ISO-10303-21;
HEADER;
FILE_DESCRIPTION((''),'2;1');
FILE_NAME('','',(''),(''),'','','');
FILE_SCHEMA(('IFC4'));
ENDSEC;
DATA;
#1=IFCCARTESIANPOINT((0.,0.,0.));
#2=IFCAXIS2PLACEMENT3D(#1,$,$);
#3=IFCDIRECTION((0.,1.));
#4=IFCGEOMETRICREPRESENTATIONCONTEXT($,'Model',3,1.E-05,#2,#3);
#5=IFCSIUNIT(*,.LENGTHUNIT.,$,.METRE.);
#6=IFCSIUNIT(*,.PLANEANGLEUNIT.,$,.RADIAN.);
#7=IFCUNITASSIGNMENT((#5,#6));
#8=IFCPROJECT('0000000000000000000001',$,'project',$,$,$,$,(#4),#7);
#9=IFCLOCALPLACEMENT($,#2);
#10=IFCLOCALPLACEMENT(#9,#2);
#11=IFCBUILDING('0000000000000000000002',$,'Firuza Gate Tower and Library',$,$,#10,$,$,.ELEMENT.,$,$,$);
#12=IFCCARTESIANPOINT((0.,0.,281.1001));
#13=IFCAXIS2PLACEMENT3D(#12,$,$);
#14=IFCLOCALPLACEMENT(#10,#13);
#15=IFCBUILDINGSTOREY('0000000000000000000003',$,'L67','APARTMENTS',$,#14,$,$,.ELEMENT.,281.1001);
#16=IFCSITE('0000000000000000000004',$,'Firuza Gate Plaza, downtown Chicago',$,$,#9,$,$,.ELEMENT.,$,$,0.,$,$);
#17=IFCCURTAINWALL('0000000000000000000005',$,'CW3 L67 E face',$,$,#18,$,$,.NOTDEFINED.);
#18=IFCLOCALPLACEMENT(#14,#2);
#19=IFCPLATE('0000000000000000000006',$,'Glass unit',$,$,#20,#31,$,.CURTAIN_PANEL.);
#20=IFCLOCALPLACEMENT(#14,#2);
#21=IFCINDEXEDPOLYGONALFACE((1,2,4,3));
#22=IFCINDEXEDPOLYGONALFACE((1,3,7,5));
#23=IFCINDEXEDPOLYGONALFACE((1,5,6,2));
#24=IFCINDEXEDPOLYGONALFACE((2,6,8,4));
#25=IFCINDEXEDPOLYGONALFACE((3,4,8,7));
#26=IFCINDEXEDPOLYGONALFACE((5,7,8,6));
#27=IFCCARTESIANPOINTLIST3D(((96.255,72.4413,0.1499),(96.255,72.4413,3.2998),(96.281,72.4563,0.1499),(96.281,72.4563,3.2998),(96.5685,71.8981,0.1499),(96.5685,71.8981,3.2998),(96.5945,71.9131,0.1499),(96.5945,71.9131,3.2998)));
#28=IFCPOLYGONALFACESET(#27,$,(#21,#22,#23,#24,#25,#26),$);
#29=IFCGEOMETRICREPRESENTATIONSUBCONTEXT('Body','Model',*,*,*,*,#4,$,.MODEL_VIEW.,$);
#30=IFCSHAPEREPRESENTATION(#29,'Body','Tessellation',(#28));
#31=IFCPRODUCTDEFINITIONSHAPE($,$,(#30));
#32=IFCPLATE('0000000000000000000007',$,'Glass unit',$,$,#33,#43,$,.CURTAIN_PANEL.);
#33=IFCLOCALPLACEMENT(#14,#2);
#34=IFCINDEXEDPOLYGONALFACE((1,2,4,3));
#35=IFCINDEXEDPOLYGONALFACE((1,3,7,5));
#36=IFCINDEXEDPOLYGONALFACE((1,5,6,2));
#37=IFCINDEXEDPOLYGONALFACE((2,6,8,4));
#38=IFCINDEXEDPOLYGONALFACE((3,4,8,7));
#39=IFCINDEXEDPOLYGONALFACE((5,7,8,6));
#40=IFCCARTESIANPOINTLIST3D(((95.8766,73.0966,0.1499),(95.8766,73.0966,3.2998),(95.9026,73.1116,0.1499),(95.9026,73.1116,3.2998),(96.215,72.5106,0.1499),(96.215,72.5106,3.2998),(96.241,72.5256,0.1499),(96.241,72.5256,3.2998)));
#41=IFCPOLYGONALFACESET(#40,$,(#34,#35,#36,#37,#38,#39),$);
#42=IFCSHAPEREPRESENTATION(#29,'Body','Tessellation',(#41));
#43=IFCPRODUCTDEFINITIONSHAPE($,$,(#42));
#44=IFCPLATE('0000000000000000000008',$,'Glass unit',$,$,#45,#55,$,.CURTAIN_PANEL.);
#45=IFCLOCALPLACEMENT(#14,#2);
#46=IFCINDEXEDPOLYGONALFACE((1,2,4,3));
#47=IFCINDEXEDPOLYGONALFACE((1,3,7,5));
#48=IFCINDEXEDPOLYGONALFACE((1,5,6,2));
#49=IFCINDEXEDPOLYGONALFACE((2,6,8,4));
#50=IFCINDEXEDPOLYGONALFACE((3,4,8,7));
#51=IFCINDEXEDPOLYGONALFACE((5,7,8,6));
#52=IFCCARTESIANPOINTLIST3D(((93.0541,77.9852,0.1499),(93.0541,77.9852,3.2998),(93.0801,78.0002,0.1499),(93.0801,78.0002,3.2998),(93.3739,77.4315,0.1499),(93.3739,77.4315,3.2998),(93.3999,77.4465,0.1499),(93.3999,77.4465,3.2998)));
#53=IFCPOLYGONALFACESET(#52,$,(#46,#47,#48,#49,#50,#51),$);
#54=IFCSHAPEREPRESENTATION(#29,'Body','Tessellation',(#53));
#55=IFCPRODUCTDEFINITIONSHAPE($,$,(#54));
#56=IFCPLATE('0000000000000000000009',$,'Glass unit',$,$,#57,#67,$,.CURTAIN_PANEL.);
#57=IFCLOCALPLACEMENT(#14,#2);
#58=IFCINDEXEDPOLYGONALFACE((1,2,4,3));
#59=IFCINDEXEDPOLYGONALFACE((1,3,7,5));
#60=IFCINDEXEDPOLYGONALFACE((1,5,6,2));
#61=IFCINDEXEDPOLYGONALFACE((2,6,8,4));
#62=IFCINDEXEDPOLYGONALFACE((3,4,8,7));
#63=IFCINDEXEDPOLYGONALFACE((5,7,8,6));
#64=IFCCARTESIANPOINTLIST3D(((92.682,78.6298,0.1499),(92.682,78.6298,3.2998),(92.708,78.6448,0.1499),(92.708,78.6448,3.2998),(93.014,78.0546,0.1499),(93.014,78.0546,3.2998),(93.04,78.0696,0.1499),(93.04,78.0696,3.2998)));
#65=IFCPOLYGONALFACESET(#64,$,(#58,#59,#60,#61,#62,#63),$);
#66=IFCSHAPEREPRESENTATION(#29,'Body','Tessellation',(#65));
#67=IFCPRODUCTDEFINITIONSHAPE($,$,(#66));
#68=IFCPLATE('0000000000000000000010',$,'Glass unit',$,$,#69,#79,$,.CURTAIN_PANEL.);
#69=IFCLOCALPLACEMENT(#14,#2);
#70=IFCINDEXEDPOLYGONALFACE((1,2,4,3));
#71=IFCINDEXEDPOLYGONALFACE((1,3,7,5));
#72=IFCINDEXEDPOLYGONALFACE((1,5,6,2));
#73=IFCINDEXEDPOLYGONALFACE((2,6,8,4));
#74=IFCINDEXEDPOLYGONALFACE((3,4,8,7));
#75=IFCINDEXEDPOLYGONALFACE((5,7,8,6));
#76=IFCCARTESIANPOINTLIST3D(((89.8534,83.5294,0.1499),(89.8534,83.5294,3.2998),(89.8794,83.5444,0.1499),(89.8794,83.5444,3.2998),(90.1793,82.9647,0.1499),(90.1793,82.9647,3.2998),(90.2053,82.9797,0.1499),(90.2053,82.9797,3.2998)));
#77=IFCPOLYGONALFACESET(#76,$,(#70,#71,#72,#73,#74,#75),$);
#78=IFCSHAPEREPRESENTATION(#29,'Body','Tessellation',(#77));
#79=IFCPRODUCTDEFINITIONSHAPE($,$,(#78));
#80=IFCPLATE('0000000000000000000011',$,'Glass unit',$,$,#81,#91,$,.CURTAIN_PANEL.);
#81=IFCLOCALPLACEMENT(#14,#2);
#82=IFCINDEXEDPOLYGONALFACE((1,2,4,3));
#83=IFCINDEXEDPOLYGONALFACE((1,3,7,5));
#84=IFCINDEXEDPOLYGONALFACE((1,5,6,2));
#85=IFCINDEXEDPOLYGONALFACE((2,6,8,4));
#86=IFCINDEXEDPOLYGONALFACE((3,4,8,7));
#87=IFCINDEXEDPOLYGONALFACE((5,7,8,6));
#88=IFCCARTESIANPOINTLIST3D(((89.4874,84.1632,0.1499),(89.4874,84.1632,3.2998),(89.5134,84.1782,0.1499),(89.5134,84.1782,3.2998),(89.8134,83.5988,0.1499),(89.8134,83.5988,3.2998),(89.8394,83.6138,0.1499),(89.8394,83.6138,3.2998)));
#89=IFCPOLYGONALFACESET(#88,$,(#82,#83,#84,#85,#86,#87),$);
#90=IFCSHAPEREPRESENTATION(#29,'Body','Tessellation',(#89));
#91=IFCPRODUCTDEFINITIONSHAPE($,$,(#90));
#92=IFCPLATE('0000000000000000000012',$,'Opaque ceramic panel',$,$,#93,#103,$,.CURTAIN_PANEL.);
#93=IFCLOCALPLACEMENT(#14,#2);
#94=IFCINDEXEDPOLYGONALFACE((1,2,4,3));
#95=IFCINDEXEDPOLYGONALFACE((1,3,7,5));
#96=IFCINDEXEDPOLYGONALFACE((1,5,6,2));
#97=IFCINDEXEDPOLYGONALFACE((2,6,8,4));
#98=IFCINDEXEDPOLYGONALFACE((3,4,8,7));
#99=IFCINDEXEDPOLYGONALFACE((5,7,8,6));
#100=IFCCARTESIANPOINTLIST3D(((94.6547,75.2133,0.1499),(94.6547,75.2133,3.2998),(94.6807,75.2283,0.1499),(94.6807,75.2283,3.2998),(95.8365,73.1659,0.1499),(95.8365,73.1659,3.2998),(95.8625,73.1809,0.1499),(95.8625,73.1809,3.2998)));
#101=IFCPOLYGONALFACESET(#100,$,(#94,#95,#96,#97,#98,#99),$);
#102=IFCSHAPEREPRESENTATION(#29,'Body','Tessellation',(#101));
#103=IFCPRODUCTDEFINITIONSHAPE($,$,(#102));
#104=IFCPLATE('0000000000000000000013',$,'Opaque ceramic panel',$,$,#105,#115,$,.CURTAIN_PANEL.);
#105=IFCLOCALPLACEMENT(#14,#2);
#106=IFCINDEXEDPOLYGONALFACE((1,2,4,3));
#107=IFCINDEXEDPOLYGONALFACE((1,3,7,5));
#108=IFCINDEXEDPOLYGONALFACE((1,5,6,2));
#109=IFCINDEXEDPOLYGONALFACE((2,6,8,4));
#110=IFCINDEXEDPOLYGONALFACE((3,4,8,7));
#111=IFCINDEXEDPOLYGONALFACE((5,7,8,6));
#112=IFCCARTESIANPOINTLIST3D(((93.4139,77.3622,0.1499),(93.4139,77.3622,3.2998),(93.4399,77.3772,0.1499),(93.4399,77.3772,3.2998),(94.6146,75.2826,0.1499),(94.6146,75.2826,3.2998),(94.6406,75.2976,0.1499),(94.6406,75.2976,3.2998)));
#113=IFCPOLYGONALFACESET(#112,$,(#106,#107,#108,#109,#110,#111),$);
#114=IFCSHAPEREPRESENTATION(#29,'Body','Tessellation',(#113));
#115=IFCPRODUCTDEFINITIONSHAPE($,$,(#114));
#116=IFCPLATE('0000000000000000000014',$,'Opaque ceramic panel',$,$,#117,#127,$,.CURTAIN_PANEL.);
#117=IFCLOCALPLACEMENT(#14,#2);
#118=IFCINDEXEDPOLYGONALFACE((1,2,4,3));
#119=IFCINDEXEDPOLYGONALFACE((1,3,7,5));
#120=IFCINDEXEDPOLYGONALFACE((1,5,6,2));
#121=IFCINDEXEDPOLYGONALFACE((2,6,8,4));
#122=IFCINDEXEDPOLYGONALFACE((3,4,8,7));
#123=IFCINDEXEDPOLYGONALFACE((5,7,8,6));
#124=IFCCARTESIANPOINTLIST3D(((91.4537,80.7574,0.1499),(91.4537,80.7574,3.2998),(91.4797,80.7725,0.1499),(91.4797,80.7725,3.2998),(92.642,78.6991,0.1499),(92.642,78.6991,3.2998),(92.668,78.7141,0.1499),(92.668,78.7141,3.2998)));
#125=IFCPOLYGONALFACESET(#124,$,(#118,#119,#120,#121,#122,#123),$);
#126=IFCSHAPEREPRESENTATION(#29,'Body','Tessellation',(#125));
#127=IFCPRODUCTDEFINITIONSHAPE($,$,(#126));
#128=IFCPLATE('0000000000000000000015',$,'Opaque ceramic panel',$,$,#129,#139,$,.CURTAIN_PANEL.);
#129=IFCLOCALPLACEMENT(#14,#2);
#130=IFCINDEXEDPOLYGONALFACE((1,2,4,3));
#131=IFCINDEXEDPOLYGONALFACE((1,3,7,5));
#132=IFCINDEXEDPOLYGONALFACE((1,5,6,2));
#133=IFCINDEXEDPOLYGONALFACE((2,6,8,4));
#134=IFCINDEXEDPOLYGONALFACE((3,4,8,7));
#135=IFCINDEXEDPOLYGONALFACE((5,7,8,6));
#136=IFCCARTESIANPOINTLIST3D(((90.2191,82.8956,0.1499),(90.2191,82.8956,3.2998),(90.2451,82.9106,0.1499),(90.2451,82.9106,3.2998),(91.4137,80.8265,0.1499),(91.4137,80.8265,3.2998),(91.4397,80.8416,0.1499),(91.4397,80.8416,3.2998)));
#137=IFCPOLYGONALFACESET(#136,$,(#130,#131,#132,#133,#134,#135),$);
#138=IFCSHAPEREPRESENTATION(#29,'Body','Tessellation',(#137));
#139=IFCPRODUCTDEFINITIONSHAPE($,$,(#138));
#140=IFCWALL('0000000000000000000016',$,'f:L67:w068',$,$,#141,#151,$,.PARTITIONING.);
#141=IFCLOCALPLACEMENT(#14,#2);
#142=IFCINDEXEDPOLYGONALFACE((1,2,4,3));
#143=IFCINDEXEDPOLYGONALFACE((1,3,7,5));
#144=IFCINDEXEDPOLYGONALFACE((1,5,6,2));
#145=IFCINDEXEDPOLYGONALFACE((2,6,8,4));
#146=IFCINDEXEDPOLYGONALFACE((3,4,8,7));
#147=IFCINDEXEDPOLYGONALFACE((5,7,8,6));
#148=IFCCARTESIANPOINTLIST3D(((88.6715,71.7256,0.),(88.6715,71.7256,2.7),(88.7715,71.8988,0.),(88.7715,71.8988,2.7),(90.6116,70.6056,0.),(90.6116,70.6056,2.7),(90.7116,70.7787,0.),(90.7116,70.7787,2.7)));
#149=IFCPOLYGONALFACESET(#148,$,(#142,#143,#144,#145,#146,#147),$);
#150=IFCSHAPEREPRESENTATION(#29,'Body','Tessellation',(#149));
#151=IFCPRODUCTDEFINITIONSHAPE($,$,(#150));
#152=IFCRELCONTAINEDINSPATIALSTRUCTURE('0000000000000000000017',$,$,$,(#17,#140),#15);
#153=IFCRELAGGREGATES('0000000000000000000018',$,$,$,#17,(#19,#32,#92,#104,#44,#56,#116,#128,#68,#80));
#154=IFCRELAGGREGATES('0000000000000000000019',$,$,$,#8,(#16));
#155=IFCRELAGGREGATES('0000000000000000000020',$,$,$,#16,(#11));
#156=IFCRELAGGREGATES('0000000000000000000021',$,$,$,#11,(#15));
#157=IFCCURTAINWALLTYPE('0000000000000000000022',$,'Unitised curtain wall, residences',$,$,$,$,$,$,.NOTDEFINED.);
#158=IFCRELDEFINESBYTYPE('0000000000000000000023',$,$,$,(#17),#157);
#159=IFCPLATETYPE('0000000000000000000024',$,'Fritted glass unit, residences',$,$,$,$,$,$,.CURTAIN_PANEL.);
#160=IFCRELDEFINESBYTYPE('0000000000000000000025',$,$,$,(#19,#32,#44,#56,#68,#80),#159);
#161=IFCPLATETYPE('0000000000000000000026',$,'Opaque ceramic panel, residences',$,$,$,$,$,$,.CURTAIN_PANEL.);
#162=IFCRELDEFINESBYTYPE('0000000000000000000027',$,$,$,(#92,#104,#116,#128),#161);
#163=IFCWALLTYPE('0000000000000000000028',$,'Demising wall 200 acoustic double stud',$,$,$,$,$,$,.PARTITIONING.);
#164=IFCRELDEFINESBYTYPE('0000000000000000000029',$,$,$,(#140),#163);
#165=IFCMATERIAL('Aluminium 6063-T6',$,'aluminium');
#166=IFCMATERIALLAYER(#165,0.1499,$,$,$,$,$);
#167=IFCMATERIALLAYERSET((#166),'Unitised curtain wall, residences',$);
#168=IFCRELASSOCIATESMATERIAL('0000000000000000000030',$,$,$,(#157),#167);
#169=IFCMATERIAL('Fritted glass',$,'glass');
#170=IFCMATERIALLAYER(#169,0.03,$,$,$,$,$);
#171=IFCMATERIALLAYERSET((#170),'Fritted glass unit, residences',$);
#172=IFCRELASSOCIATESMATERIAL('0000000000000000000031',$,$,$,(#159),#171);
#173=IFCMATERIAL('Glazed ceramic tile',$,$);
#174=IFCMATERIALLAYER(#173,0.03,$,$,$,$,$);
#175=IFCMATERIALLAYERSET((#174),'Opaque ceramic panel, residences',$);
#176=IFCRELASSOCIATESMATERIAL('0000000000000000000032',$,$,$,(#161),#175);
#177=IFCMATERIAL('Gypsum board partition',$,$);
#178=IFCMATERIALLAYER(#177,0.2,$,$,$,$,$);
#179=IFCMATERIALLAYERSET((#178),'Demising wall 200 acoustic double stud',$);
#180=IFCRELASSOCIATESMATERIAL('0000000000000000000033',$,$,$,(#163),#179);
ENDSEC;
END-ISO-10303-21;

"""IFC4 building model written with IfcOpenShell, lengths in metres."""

from ifc_helpers import new_model, si_unit, direction, frame, frame_2d, origin, place, context, subcontext, project, spatial, polyline, rectangle, outline, extrude, material, layer, layer_set, type_object, element, aggregate, save


model = new_model("IFC4")

# Units and contexts
model_context = context("Model", 3, precision=1e-05, world=origin(), true_north=direction((0.0, 1.0)))
body_context = subcontext(model_context, "Body", "Model", "MODEL_VIEW")
ifc_project = project(units=[si_unit("LENGTHUNIT", "METRE"), si_unit("PLANEANGLEUNIT", "RADIAN")], contexts=[model_context])

# Site, building, storey
site_placement = place(None, origin())
site = spatial("IfcSite", under=ifc_project, at=site_placement, Name="Firuza Gate Plaza, downtown Chicago", CompositionType="ELEMENT", RefElevation=0.0)
building_placement = place(site_placement, origin())
building = spatial("IfcBuilding", under=site, at=building_placement, Name="Firuza Gate Tower and Library", CompositionType="ELEMENT")
storey_placement = place(building_placement, frame((0.0, 0.0, 281.1001)))
storey = spatial("IfcBuildingStorey", under=building, at=storey_placement, Name="L67", Description="APARTMENTS", CompositionType="ELEMENT", Elevation=281.1001)

# Curtain wall
ifc_material_1 = material(Name="Aluminium 6063-T6", Category="aluminium")
ifc_layer_1 = layer(ifc_material_1, 0.1499)
ifc_layer_set_1 = layer_set([ifc_layer_1], Name="Unitised curtain wall, residences")
curtain_wall_type = type_object("IfcCurtainWallType", Name="Unitised curtain wall, residences", PredefinedType="NOTDEFINED", material=ifc_layer_set_1)
curtain_wall_placement = place(storey_placement, origin())
curtain_wall = element("IfcCurtainWall", 1, at=curtain_wall_placement, inside=storey, type_object=curtain_wall_type, Name="CW3 L67 E face", PredefinedType="NOTDEFINED")

# Plates
ifc_material_2 = material(Name="Fritted glass", Category="glass")
ifc_layer_2 = layer(ifc_material_2, 0.03)
ifc_layer_set_2 = layer_set([ifc_layer_2], Name="Fritted glass unit, residences")
plate_type_1 = type_object("IfcPlateType", Name="Fritted glass unit, residences", PredefinedType="CURTAIN_PANEL", material=ifc_layer_set_2)
plate_1_placement = place(storey_placement, frame((96.5945, 71.9131, 0.1499), z_axis=(0.866127, 0.499824, 0.0), x_axis=(-0.499824, 0.866127, 0.0)))
plate_1 = element("IfcPlate", 2, at=plate_1_placement, type_object=plate_type_1, Name="Glass unit", PredefinedType="CURTAIN_PANEL", context=body_context, shape_type="SweptSolid", body=[
    extrude(outline(polyline([(0.0, 0.0), (0.6272, 0.0), (0.6272, 3.1499), (0.0, 3.1499), (0.0, 0.0)])), origin(), (0.0, 0.0, -1.0), 0.03),
])
plate_2_placement = place(storey_placement, frame((96.241, 72.5256, 0.1499), z_axis=(0.865969, 0.500097, 0.0), x_axis=(-0.500097, 0.865969, 0.0)))
plate_2 = element("IfcPlate", 3, at=plate_2_placement, type_object=plate_type_1, Name="Glass unit", PredefinedType="CURTAIN_PANEL", context=body_context, shape_type="SweptSolid", body=[
    extrude(outline(polyline([(0.0, 0.0), (0.6766, 0.0), (0.6766, 3.1499), (0.0, 3.1499), (0.0, 0.0)])), origin(), (0.0, 0.0, -1.0), 0.03),
])
plate_3_placement = place(storey_placement, frame((93.3999, 77.4465, 0.1499), z_axis=(0.865931, 0.500163, 0.0), x_axis=(-0.500163, 0.865931, 0.0)))
plate_3 = element("IfcPlate", 4, at=plate_3_placement, type_object=plate_type_1, Name="Glass unit", PredefinedType="CURTAIN_PANEL", context=body_context, shape_type="SweptSolid", body=[
    extrude(outline(polyline([(0.0, 0.0), (0.6394, 0.0), (0.6394, 3.1499), (0.0, 3.1499), (0.0, 0.0)])), origin(), (0.0, 0.0, -1.0), 0.03),
])
plate_4_placement = place(storey_placement, frame((93.04, 78.0696, 0.1499), z_axis=(0.866063, 0.499935, 0.0), x_axis=(-0.499935, 0.866063, 0.0)))
plate_4 = element("IfcPlate", 5, at=plate_4_placement, type_object=plate_type_1, Name="Glass unit", PredefinedType="CURTAIN_PANEL", context=body_context, shape_type="SweptSolid", body=[
    extrude(outline(polyline([(0.0, 0.0), (0.6641, 0.0), (0.6641, 3.1499), (0.0, 3.1499), (0.0, 0.0)])), origin(), (0.0, 0.0, -1.0), 0.03),
])
plate_5_placement = place(storey_placement, frame((90.2053, 82.9797, 0.1499), z_axis=(0.866092, 0.499885, 0.0), x_axis=(-0.499885, 0.866092, 0.0)))
plate_5 = element("IfcPlate", 6, at=plate_5_placement, type_object=plate_type_1, Name="Glass unit", PredefinedType="CURTAIN_PANEL", context=body_context, shape_type="SweptSolid", body=[
    extrude(outline(polyline([(0.0, 0.0), (0.652, 0.0), (0.652, 3.1499), (0.0, 3.1499), (0.0, 0.0)])), origin(), (0.0, 0.0, -1.0), 0.03),
])
plate_6_placement = place(storey_placement, frame((89.8394, 83.6138, 0.1499), z_axis=(0.865998, 0.500047, 0.0), x_axis=(-0.500047, 0.865998, 0.0)))
plate_6 = element("IfcPlate", 7, at=plate_6_placement, type_object=plate_type_1, Name="Glass unit", PredefinedType="CURTAIN_PANEL", context=body_context, shape_type="SweptSolid", body=[
    extrude(outline(polyline([(0.0, 0.0), (0.6518, 0.0), (0.6518, 3.1499), (0.0, 3.1499), (0.0, 0.0)])), origin(), (0.0, 0.0, -1.0), 0.03),
])
ifc_material_3 = material(Name="Glazed ceramic tile")
ifc_layer_3 = layer(ifc_material_3, 0.03)
ifc_layer_set_3 = layer_set([ifc_layer_3], Name="Opaque ceramic panel, residences")
plate_type_2 = type_object("IfcPlateType", Name="Opaque ceramic panel, residences", PredefinedType="CURTAIN_PANEL", material=ifc_layer_set_3)
plate_7_placement = place(storey_placement, frame((95.8625, 73.1809, 0.1499), z_axis=(0.866055, 0.499949, 0.0), x_axis=(-0.499949, 0.866055, 0.0)))
plate_7 = element("IfcPlate", 8, at=plate_7_placement, type_object=plate_type_2, Name="Opaque ceramic panel", PredefinedType="CURTAIN_PANEL", context=body_context, shape_type="SweptSolid", body=[
    extrude(outline(polyline([(0.0, 0.0), (2.364, 0.0), (2.364, 3.1499), (0.0, 3.1499), (0.0, 0.0)])), origin(), (0.0, 0.0, -1.0), 0.03),
])
plate_8_placement = place(storey_placement, frame((94.6406, 75.2976, 0.1499), z_axis=(0.86602, 0.50001, 0.0), x_axis=(-0.50001, 0.86602, 0.0)))
plate_8 = element("IfcPlate", 9, at=plate_8_placement, type_object=plate_type_2, Name="Opaque ceramic panel", PredefinedType="CURTAIN_PANEL", context=body_context, shape_type="SweptSolid", body=[
    extrude(outline(polyline([(0.0, 0.0), (2.4013, 0.0), (2.4013, 3.1499), (0.0, 3.1499), (0.0, 0.0)])), origin(), (0.0, 0.0, -1.0), 0.03),
])
plate_9_placement = place(storey_placement, frame((92.668, 78.7141, 0.1499), z_axis=(0.866054, 0.499951, 0.0), x_axis=(-0.499951, 0.866054, 0.0)))
plate_9 = element("IfcPlate", 10, at=plate_9_placement, type_object=plate_type_2, Name="Opaque ceramic panel", PredefinedType="CURTAIN_PANEL", context=body_context, shape_type="SweptSolid", body=[
    extrude(outline(polyline([(0.0, 0.0), (2.3767, 0.0), (2.3767, 3.1499), (0.0, 3.1499), (0.0, 0.0)])), origin(), (0.0, 0.0, -1.0), 0.03),
])
plate_10_placement = place(storey_placement, frame((91.4397, 80.8416, 0.1499), z_axis=(0.866027, 0.499997, 0.0), x_axis=(-0.499997, 0.866027, 0.0)))
plate_10 = element("IfcPlate", 11, at=plate_10_placement, type_object=plate_type_2, Name="Opaque ceramic panel", PredefinedType="CURTAIN_PANEL", context=body_context, shape_type="SweptSolid", body=[
    extrude(outline(polyline([(0.0, 0.0), (2.3892, 0.0), (2.3892, 3.1499), (0.0, 3.1499), (0.0, 0.0)])), origin(), (0.0, 0.0, -1.0), 0.03),
])
aggregate(curtain_wall, [plate_1, plate_2, plate_7, plate_8, plate_3, plate_4, plate_9, plate_10, plate_5, plate_6])

# Wall
ifc_material_4 = material(Name="Gypsum board partition")
ifc_layer_4 = layer(ifc_material_4, 0.2)
ifc_layer_set_4 = layer_set([ifc_layer_4], Name="Demising wall 200 acoustic double stud")
wall_type = type_object("IfcWallType", Name="Demising wall 200 acoustic double stud", PredefinedType="PARTITIONING", material=ifc_layer_set_4)
wall_placement = place(storey_placement, frame((90.6616, 70.6921, 0.0), z_axis=(0.0, 0.0, 1.0), x_axis=(-0.866035, 0.499983, 0.0)))
element("IfcWall", 12, at=wall_placement, inside=storey, type_object=wall_type, Name="f:L67:w068", PredefinedType="PARTITIONING", context=body_context, shape_type="SweptSolid", body=[
    extrude(rectangle(XDim=2.2402, YDim=0.2, at=frame_2d((1.1201, 0.0))), origin(), (0.0, 0.0, 1.0), 2.7),
])

save(model, "model.ifc")
